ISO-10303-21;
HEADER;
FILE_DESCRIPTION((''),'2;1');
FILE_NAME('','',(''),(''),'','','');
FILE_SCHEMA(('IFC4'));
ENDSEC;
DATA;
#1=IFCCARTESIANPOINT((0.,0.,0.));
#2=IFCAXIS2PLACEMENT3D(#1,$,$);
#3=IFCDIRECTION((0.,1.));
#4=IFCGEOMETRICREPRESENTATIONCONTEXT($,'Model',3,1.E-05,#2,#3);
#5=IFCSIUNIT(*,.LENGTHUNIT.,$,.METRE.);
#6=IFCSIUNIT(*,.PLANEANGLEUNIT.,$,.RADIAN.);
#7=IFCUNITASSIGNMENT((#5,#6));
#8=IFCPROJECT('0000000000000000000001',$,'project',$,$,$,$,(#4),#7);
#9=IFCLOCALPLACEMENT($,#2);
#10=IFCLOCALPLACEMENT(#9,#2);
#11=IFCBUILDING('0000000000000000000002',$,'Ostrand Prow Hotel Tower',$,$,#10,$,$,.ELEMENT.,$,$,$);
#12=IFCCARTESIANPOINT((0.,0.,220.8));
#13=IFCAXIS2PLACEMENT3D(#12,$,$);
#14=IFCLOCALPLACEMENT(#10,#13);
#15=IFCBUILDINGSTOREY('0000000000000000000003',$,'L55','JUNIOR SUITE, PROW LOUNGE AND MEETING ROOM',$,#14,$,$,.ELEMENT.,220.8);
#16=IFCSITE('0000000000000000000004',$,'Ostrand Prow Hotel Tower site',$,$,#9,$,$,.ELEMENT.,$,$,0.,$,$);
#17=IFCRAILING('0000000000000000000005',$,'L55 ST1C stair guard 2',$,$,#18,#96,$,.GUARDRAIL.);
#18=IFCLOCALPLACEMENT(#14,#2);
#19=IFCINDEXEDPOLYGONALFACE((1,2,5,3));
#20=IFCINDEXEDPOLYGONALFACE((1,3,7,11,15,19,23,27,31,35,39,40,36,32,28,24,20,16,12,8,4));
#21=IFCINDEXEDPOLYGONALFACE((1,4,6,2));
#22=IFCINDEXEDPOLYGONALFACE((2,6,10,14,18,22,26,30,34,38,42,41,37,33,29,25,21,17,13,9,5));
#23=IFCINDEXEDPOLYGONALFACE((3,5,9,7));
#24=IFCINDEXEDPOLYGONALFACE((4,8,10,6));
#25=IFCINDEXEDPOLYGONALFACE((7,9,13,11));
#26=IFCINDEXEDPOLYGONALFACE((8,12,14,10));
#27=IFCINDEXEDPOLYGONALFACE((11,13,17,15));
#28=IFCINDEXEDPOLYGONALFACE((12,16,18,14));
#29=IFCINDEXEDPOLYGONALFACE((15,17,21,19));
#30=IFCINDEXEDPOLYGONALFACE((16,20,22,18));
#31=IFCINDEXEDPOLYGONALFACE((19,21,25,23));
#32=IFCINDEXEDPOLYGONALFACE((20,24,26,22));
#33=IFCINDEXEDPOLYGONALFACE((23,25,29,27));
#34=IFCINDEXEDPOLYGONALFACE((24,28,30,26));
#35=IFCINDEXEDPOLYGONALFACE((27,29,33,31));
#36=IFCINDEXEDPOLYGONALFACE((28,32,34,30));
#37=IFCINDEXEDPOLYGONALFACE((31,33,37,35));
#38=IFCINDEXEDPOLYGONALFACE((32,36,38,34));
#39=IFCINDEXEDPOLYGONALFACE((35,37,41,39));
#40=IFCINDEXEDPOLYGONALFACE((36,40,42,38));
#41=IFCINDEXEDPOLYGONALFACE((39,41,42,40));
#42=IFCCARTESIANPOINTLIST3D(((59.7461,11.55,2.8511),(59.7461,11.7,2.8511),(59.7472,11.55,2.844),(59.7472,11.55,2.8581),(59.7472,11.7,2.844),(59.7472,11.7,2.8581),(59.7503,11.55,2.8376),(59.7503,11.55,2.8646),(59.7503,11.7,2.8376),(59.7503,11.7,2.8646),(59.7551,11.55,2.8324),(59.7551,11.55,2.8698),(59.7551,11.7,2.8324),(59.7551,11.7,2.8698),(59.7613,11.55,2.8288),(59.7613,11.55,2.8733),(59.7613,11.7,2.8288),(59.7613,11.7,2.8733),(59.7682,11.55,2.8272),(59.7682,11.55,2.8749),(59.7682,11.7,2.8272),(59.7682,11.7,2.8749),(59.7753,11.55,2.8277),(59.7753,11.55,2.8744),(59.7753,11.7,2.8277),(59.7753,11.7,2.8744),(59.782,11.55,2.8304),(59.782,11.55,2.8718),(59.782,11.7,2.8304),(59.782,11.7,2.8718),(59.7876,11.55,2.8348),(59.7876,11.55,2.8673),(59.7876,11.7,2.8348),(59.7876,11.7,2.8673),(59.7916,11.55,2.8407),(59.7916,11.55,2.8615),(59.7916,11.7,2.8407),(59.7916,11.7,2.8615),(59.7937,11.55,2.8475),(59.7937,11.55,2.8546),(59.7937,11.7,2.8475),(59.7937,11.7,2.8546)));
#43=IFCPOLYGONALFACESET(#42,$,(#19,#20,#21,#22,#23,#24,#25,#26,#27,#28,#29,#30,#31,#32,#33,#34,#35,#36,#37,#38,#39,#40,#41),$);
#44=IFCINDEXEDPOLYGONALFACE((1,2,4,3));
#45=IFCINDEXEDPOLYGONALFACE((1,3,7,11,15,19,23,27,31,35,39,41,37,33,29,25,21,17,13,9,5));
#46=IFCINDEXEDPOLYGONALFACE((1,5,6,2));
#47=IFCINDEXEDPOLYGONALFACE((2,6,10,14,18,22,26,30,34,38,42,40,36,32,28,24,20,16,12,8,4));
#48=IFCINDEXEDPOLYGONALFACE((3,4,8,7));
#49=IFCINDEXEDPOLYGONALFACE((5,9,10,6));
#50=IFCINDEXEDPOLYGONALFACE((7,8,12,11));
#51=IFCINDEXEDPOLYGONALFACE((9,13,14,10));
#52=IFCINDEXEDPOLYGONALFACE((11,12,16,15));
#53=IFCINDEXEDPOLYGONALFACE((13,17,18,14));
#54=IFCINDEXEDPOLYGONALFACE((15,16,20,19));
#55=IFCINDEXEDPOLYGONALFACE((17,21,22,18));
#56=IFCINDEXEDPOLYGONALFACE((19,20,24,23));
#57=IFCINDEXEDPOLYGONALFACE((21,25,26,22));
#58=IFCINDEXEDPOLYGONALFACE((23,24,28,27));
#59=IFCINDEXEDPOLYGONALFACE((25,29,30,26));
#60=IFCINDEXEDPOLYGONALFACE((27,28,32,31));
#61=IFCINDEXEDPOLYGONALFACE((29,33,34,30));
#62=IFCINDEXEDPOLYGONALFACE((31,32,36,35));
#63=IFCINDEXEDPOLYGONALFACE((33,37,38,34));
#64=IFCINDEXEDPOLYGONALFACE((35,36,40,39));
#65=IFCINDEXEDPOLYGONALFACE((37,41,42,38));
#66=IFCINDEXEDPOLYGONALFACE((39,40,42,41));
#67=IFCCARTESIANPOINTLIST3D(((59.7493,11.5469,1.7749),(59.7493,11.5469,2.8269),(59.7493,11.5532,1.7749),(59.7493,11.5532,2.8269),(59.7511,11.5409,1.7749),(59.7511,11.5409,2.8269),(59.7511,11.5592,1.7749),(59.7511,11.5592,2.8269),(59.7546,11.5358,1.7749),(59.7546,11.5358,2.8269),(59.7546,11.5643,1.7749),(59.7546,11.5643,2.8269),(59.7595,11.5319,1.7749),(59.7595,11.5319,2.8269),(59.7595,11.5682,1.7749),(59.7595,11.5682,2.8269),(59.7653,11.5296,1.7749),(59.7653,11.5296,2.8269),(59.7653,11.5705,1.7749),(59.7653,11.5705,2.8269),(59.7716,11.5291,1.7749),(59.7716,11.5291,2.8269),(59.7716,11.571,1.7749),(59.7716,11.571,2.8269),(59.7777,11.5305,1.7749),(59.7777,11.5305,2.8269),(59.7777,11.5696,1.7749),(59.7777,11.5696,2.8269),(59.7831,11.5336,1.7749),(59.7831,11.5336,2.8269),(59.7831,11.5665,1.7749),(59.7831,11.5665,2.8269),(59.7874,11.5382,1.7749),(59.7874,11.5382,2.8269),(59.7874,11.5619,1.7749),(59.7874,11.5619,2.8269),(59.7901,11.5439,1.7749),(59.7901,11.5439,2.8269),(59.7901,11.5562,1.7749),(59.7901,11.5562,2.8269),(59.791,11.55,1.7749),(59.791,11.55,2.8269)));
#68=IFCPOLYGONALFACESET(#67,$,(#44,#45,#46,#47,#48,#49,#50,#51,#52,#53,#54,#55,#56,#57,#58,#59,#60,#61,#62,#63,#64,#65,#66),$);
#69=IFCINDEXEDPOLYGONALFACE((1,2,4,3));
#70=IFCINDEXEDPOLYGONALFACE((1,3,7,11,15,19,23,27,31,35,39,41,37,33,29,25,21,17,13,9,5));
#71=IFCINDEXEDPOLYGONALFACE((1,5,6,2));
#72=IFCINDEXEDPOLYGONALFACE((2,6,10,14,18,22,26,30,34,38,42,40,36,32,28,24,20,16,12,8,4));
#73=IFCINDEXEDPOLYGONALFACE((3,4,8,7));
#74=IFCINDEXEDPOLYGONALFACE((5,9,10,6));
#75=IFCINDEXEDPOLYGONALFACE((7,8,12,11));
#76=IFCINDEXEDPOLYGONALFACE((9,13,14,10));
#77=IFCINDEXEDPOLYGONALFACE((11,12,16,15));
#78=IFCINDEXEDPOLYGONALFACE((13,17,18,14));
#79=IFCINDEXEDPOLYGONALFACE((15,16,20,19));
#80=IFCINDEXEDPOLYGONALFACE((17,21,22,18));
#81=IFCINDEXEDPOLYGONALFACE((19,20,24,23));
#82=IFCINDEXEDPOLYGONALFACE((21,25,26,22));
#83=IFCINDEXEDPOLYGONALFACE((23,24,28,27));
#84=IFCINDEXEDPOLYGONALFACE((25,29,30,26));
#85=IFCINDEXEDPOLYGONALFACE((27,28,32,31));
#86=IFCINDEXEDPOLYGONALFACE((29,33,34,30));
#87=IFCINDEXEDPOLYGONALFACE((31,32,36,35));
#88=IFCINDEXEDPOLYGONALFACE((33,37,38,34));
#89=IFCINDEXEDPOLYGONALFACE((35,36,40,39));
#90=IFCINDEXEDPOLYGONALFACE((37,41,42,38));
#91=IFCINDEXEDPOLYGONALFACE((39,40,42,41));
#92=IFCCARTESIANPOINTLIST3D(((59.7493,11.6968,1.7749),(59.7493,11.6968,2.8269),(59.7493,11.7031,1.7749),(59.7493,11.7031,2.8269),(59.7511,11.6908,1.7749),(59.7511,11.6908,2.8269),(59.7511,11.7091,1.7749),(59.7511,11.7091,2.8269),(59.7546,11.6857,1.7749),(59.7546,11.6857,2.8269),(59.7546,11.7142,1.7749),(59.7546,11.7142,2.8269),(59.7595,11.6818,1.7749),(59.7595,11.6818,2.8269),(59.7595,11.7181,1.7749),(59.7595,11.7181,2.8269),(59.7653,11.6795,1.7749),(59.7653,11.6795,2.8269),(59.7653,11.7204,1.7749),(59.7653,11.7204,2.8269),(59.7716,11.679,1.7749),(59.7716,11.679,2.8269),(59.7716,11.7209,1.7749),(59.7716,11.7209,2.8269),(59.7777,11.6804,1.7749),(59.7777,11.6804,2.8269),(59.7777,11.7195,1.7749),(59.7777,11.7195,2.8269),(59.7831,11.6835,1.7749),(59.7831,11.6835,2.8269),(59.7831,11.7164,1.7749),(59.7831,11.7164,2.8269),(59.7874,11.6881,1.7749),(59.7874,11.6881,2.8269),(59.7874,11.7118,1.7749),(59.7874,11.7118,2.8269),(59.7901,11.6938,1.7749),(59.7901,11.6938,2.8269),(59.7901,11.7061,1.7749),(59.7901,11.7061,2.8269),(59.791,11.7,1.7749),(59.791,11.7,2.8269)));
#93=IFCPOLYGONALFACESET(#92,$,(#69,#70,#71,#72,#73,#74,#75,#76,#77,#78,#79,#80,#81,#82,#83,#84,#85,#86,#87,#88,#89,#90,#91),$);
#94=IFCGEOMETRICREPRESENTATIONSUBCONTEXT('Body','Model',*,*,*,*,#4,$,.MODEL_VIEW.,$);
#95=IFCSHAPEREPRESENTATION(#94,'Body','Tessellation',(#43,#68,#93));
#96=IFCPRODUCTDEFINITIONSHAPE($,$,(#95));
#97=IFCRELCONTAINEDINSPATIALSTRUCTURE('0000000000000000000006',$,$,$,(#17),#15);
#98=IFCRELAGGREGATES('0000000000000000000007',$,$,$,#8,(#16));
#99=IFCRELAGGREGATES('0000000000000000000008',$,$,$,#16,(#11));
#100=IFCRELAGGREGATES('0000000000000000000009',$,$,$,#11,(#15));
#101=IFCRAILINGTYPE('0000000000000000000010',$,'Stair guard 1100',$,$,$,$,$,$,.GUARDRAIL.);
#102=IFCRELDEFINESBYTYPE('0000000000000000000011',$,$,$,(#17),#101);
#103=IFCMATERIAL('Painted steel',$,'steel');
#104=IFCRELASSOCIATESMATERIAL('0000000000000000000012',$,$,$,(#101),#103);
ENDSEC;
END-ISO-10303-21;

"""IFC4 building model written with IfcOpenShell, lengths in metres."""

from ifc_helpers import new_model, si_unit, direction, frame, origin, origin_2d, place, context, subcontext, project, spatial, circle, extrude, material, type_object, element, save


model = new_model("IFC4")

# Units and contexts
model_context = context("Model", 3, precision=1e-05, world=origin(), true_north=direction((0.0, 1.0)))
body_context = subcontext(model_context, "Body", "Model", "MODEL_VIEW")
ifc_project = project(units=[si_unit("LENGTHUNIT", "METRE"), si_unit("PLANEANGLEUNIT", "RADIAN")], contexts=[model_context])

# Site, building, storey
site_placement = place(None, origin())
site = spatial("IfcSite", under=ifc_project, at=site_placement, Name="Ostrand Prow Hotel Tower site", CompositionType="ELEMENT", RefElevation=0.0)
building_placement = place(site_placement, origin())
building = spatial("IfcBuilding", under=site, at=building_placement, Name="Ostrand Prow Hotel Tower", CompositionType="ELEMENT")
storey_placement = place(building_placement, frame((0.0, 0.0, 220.8)))
storey = spatial("IfcBuildingStorey", under=building, at=storey_placement, Name="L55", Description="JUNIOR SUITE, PROW LOUNGE AND MEETING ROOM", CompositionType="ELEMENT", Elevation=220.8)

# Railing
ifc_material_1 = material(Name="Painted steel", Category="steel")
railing_type_1 = type_object("IfcRailingType", Name="Stair guard 1100", PredefinedType="GUARDRAIL", material=ifc_material_1)
railing_1_placement = place(storey_placement, frame((59.77, 11.55, 1.7749)))
element("IfcRailing", 1, at=railing_1_placement, inside=storey, type_object=railing_type_1, Name="L55 ST1C stair guard 2", PredefinedType="GUARDRAIL", context=body_context, shape_type="SweptSolid", body=[
    extrude(circle(Radius=0.0239, at=origin_2d()), frame((0.0, 0.0, 1.0762), z_axis=(0.0, 1.0, 0.0), x_axis=(-1.0, 0.0, 0.0)), (0.0, 0.0, 1.0), 0.1499),
    extrude(circle(Radius=0.021, at=origin_2d()), origin(), (0.0, 0.0, 1.0), 1.052),
    extrude(circle(Radius=0.021, at=origin_2d()), frame((0.0, 0.1499, 0.0)), (0.0, 0.0, 1.0), 1.052),
])

save(model, "model.ifc")
